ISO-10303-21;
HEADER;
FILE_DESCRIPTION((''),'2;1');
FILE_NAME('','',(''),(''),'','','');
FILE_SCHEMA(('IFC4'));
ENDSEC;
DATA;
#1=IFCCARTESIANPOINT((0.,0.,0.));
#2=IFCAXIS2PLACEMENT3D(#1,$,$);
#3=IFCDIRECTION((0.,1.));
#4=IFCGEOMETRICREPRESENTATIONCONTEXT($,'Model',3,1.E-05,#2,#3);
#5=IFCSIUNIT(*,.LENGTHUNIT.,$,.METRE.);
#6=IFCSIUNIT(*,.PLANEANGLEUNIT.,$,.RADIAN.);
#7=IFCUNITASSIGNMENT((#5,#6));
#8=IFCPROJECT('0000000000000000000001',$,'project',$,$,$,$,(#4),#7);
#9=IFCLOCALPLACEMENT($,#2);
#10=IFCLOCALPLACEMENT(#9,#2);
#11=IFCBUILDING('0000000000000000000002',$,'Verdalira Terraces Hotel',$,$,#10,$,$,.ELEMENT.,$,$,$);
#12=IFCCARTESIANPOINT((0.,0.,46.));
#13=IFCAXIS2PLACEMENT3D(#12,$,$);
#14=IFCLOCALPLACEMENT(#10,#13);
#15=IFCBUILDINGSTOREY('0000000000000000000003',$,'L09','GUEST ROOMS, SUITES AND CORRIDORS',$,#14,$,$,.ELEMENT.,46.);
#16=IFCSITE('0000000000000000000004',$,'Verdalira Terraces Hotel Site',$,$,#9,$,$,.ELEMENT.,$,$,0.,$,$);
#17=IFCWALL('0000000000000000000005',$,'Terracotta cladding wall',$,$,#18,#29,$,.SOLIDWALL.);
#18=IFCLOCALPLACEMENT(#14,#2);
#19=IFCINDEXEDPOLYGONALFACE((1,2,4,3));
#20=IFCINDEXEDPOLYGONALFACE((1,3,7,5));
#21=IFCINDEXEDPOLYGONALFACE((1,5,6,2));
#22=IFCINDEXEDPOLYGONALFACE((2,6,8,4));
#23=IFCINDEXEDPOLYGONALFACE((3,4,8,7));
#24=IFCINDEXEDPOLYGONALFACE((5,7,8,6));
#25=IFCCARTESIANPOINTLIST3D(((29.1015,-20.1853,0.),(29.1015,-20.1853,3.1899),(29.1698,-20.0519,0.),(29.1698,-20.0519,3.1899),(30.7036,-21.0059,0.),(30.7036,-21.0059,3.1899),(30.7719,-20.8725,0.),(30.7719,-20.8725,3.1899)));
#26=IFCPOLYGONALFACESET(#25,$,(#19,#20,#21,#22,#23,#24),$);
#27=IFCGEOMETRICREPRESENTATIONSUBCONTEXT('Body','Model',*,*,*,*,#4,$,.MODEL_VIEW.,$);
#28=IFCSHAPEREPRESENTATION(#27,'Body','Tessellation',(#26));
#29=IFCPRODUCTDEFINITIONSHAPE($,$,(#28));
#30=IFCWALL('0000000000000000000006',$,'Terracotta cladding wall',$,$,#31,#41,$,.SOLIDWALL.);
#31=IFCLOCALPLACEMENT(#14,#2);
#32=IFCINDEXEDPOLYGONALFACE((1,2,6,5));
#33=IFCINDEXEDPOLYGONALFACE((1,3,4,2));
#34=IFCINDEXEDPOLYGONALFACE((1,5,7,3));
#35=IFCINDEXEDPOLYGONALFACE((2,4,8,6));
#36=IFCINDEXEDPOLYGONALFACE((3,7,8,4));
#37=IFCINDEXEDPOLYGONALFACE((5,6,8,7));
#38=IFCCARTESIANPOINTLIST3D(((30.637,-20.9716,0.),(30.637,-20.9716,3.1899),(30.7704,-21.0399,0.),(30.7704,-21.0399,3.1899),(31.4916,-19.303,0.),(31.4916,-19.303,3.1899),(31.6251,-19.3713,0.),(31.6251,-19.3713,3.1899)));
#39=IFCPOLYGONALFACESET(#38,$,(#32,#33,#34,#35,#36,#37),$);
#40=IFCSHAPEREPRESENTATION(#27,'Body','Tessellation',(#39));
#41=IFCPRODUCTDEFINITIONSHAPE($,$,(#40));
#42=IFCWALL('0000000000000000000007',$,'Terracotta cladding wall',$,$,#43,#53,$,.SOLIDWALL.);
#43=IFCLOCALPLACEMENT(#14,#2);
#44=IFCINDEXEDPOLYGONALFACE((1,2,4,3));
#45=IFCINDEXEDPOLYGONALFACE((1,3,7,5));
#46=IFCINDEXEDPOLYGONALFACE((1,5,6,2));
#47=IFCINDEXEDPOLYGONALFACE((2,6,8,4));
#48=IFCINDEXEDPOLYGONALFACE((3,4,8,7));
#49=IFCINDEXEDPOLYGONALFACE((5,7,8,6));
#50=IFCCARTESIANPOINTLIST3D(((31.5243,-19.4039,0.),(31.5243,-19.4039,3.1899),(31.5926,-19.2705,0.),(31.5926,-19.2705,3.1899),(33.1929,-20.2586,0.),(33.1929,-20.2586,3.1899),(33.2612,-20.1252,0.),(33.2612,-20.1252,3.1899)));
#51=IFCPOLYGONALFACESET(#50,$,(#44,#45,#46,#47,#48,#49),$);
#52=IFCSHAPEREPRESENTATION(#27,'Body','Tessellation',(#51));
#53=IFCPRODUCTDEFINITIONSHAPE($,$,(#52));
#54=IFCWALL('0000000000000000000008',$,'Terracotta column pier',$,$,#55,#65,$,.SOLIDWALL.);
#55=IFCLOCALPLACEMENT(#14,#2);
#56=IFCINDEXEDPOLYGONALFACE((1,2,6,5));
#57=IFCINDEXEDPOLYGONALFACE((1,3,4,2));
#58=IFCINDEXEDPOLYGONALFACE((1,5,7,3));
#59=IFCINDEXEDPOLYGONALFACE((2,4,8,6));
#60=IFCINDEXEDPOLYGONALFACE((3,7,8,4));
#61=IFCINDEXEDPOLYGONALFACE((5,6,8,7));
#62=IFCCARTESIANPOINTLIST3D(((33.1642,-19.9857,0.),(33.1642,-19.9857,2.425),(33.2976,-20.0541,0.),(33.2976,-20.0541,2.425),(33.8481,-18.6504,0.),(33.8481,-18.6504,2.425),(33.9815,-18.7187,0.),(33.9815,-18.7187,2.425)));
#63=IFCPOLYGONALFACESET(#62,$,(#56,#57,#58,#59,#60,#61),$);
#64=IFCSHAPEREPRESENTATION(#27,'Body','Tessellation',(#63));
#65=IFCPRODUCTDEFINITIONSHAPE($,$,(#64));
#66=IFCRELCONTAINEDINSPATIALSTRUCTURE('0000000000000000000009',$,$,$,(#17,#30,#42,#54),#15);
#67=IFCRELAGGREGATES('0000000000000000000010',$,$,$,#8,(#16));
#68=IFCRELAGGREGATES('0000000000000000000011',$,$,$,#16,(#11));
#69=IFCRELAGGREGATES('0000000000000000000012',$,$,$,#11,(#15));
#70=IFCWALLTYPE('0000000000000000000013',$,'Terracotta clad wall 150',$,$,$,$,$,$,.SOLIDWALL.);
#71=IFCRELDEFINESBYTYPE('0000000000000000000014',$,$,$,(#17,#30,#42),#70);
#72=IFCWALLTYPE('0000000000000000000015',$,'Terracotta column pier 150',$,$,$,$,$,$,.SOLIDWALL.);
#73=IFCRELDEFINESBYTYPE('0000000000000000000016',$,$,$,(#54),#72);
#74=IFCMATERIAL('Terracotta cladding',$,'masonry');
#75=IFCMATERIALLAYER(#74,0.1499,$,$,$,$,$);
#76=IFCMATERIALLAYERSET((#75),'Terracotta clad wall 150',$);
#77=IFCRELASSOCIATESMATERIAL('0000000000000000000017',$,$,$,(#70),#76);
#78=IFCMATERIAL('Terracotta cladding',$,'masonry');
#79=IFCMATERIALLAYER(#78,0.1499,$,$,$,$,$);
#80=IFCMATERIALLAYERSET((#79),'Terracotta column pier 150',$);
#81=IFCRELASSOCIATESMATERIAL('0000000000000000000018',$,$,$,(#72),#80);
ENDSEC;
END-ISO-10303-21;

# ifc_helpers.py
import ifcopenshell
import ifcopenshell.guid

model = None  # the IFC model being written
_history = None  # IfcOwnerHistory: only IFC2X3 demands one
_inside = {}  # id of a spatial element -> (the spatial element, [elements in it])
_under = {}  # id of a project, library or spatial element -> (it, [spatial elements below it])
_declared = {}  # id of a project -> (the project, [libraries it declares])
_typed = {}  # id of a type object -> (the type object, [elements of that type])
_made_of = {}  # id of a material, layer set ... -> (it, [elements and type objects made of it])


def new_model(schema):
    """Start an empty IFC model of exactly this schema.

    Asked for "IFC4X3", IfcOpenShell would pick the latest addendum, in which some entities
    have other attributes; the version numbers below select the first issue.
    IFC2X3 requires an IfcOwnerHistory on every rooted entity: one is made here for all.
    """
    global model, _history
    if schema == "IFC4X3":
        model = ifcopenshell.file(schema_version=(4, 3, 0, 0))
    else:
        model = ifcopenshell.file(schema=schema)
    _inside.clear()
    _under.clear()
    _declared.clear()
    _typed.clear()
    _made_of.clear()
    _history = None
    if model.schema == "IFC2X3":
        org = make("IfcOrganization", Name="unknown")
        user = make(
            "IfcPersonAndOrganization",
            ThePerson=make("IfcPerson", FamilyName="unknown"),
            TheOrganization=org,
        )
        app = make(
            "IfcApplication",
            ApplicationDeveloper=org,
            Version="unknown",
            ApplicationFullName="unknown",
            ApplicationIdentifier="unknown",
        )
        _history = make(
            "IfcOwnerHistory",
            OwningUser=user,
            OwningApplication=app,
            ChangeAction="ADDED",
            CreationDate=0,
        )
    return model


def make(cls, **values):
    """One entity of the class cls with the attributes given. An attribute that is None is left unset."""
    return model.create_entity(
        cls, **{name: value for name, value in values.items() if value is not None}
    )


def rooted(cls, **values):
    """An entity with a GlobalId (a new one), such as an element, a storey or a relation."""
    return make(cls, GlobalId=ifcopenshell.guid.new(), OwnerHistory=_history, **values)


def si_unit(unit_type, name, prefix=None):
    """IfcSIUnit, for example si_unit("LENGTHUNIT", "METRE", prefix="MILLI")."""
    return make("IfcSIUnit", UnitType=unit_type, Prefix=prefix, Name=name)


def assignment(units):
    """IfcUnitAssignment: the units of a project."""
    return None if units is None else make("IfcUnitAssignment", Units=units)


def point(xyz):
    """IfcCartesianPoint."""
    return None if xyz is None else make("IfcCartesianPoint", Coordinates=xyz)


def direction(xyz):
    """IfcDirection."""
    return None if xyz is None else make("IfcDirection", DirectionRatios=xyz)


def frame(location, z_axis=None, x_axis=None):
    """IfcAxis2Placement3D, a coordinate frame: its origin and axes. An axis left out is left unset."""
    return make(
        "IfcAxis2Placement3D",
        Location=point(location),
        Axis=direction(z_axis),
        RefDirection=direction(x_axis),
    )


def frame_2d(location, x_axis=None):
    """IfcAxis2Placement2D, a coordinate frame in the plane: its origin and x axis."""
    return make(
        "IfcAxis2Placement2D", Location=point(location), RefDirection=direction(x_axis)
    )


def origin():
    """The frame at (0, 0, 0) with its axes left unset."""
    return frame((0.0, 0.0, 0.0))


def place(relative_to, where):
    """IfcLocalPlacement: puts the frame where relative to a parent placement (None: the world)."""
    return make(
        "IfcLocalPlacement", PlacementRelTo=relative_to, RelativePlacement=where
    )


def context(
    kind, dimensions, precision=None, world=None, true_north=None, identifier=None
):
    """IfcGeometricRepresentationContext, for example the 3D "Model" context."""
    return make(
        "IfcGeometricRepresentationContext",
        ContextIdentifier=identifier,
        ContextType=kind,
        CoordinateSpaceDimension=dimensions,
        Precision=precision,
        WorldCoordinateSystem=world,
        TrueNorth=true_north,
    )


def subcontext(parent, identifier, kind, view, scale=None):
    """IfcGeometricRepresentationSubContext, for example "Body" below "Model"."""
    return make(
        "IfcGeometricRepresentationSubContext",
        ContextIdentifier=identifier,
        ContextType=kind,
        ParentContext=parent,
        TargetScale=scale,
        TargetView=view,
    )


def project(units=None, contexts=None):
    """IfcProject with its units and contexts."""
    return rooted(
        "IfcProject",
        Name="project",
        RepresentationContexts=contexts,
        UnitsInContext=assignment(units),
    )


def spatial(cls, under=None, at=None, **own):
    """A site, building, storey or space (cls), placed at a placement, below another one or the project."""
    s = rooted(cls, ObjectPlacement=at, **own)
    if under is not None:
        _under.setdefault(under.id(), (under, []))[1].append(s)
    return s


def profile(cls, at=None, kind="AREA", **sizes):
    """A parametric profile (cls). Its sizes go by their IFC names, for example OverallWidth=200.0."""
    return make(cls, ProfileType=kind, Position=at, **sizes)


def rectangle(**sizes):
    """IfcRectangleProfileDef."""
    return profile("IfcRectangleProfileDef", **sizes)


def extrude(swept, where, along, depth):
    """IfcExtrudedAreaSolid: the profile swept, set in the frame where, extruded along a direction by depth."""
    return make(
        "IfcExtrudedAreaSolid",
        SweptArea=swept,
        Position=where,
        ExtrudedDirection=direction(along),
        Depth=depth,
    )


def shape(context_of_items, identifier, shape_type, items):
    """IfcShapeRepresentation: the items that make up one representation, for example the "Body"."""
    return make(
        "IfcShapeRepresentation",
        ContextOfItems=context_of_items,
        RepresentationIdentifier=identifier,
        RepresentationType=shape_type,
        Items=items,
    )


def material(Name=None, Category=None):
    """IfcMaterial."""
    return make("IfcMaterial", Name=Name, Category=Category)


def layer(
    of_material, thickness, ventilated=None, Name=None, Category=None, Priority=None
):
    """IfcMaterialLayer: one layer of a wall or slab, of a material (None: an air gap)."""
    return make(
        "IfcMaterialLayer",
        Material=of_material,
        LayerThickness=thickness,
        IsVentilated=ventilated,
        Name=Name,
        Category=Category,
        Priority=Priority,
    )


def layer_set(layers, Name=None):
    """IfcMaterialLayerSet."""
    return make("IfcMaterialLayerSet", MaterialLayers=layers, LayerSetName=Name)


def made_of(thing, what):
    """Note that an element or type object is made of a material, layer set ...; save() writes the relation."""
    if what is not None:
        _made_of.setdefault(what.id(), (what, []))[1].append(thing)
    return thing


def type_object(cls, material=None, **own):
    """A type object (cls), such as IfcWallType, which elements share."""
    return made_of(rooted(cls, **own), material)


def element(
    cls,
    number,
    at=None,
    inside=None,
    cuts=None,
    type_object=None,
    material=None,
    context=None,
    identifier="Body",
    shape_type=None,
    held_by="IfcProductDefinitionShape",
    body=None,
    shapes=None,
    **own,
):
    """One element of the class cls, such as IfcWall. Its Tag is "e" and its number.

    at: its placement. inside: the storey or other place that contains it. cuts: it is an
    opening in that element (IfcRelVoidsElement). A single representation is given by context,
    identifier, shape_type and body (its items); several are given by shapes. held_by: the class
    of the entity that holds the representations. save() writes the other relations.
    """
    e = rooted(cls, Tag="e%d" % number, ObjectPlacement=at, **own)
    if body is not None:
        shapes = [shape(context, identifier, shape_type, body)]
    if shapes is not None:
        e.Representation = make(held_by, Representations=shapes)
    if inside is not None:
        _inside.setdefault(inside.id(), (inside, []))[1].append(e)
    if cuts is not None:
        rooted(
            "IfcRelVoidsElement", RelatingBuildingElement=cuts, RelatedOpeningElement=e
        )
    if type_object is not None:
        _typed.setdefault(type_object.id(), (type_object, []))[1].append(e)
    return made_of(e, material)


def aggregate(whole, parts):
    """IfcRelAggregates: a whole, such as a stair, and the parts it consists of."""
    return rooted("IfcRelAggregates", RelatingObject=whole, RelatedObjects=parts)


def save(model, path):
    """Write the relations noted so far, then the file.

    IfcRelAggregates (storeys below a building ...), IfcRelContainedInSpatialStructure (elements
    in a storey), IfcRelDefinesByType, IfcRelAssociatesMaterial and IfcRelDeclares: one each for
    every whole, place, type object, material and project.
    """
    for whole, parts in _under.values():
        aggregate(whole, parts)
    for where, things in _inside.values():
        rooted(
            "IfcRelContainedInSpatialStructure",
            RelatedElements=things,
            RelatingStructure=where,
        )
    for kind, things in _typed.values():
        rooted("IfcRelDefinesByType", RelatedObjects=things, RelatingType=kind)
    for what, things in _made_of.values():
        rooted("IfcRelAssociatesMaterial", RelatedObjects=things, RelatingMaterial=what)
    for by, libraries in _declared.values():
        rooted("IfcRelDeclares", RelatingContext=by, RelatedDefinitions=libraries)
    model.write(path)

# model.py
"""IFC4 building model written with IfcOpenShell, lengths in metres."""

from ifc_helpers import new_model, si_unit, direction, frame, frame_2d, origin, place, context, subcontext, project, spatial, rectangle, extrude, material, layer, layer_set, type_object, element, save


model = new_model("IFC4")

# Units and contexts
model_context = context("Model", 3, precision=1e-05, world=origin(), true_north=direction((0.0, 1.0)))
body_context = subcontext(model_context, "Body", "Model", "MODEL_VIEW")
ifc_project = project(units=[si_unit("LENGTHUNIT", "METRE"), si_unit("PLANEANGLEUNIT", "RADIAN")], contexts=[model_context])

# Site, building, storey
site_placement = place(None, origin())
site = spatial("IfcSite", under=ifc_project, at=site_placement, Name="Verdalira Terraces Hotel Site", CompositionType="ELEMENT", RefElevation=0.0)
building_placement = place(site_placement, origin())
building = spatial("IfcBuilding", under=site, at=building_placement, Name="Verdalira Terraces Hotel", CompositionType="ELEMENT")
storey_placement = place(building_placement, frame((0.0, 0.0, 46.0)))
storey = spatial("IfcBuildingStorey", under=building, at=storey_placement, Name="L09", Description="GUEST ROOMS, SUITES AND CORRIDORS", CompositionType="ELEMENT", Elevation=46.0)

# Walls
ifc_material_1 = material(Name="Terracotta cladding", Category="masonry")
ifc_layer_1 = layer(ifc_material_1, 0.1499)
ifc_layer_set_1 = layer_set([ifc_layer_1], Name="Terracotta clad wall 150")
wall_type_1 = type_object("IfcWallType", Name="Terracotta clad wall 150", PredefinedType="SOLIDWALL", material=ifc_layer_set_1)
wall_1_placement = place(storey_placement, frame((29.1357, -20.1187, 0.0), z_axis=(0.0, 0.0, 1.0), x_axis=(0.890045, -0.455873, 0.0)))
element("IfcWall", 1, at=wall_1_placement, inside=storey, type_object=wall_type_1, Name="Terracotta cladding wall", PredefinedType="SOLIDWALL", context=body_context, shape_type="SweptSolid", body=[
    extrude(rectangle(XDim=1.8, YDim=0.1499, at=frame_2d((0.8999, 0.0))), origin(), (0.0, 0.0, 1.0), 3.1899),
])
for number, where, z_axis, x_axis, name in (
    (2, (30.7036, -21.0059, 0.0), (0.0, 0.0, 1.0), (0.455891, 0.890036, 0.0), "Terracotta cladding wall"),
    (3, (31.5584, -19.3372, 0.0), (0.0, 0.0, 1.0), (0.890036, -0.455891, 0.0), "Terracotta cladding wall"),
):
    element("IfcWall", number, at=place(storey_placement, frame(where, z_axis=z_axis, x_axis=x_axis)), inside=storey, type_object=wall_type_1, Name=name, PredefinedType="SOLIDWALL", context=body_context, shape_type="SweptSolid", body=[
        extrude(rectangle(XDim=1.8748, YDim=0.1499, at=frame_2d((0.9375, 0.0))), origin(), (0.0, 0.0, 1.0), 3.1899),
    ])
ifc_material_2 = material(Name="Terracotta cladding", Category="masonry")
ifc_layer_2 = layer(ifc_material_2, 0.1499)
ifc_layer_set_2 = layer_set([ifc_layer_2], Name="Terracotta column pier 150")
wall_type_2 = type_object("IfcWallType", Name="Terracotta column pier 150", PredefinedType="SOLIDWALL", material=ifc_layer_set_2)
wall_2_placement = place(storey_placement, frame((33.231, -20.0198, 0.0), z_axis=(0.0, 0.0, 1.0), x_axis=(0.455851, 0.890056, 0.0)))
element("IfcWall", 4, at=wall_2_placement, inside=storey, type_object=wall_type_2, Name="Terracotta column pier", PredefinedType="SOLIDWALL", context=body_context, shape_type="SweptSolid", body=[
    extrude(rectangle(XDim=1.5002, YDim=0.1499, at=frame_2d((0.75, 0.0))), origin(), (0.0, 0.0, 1.0), 2.425),
])

save(model, "model.ifc")
